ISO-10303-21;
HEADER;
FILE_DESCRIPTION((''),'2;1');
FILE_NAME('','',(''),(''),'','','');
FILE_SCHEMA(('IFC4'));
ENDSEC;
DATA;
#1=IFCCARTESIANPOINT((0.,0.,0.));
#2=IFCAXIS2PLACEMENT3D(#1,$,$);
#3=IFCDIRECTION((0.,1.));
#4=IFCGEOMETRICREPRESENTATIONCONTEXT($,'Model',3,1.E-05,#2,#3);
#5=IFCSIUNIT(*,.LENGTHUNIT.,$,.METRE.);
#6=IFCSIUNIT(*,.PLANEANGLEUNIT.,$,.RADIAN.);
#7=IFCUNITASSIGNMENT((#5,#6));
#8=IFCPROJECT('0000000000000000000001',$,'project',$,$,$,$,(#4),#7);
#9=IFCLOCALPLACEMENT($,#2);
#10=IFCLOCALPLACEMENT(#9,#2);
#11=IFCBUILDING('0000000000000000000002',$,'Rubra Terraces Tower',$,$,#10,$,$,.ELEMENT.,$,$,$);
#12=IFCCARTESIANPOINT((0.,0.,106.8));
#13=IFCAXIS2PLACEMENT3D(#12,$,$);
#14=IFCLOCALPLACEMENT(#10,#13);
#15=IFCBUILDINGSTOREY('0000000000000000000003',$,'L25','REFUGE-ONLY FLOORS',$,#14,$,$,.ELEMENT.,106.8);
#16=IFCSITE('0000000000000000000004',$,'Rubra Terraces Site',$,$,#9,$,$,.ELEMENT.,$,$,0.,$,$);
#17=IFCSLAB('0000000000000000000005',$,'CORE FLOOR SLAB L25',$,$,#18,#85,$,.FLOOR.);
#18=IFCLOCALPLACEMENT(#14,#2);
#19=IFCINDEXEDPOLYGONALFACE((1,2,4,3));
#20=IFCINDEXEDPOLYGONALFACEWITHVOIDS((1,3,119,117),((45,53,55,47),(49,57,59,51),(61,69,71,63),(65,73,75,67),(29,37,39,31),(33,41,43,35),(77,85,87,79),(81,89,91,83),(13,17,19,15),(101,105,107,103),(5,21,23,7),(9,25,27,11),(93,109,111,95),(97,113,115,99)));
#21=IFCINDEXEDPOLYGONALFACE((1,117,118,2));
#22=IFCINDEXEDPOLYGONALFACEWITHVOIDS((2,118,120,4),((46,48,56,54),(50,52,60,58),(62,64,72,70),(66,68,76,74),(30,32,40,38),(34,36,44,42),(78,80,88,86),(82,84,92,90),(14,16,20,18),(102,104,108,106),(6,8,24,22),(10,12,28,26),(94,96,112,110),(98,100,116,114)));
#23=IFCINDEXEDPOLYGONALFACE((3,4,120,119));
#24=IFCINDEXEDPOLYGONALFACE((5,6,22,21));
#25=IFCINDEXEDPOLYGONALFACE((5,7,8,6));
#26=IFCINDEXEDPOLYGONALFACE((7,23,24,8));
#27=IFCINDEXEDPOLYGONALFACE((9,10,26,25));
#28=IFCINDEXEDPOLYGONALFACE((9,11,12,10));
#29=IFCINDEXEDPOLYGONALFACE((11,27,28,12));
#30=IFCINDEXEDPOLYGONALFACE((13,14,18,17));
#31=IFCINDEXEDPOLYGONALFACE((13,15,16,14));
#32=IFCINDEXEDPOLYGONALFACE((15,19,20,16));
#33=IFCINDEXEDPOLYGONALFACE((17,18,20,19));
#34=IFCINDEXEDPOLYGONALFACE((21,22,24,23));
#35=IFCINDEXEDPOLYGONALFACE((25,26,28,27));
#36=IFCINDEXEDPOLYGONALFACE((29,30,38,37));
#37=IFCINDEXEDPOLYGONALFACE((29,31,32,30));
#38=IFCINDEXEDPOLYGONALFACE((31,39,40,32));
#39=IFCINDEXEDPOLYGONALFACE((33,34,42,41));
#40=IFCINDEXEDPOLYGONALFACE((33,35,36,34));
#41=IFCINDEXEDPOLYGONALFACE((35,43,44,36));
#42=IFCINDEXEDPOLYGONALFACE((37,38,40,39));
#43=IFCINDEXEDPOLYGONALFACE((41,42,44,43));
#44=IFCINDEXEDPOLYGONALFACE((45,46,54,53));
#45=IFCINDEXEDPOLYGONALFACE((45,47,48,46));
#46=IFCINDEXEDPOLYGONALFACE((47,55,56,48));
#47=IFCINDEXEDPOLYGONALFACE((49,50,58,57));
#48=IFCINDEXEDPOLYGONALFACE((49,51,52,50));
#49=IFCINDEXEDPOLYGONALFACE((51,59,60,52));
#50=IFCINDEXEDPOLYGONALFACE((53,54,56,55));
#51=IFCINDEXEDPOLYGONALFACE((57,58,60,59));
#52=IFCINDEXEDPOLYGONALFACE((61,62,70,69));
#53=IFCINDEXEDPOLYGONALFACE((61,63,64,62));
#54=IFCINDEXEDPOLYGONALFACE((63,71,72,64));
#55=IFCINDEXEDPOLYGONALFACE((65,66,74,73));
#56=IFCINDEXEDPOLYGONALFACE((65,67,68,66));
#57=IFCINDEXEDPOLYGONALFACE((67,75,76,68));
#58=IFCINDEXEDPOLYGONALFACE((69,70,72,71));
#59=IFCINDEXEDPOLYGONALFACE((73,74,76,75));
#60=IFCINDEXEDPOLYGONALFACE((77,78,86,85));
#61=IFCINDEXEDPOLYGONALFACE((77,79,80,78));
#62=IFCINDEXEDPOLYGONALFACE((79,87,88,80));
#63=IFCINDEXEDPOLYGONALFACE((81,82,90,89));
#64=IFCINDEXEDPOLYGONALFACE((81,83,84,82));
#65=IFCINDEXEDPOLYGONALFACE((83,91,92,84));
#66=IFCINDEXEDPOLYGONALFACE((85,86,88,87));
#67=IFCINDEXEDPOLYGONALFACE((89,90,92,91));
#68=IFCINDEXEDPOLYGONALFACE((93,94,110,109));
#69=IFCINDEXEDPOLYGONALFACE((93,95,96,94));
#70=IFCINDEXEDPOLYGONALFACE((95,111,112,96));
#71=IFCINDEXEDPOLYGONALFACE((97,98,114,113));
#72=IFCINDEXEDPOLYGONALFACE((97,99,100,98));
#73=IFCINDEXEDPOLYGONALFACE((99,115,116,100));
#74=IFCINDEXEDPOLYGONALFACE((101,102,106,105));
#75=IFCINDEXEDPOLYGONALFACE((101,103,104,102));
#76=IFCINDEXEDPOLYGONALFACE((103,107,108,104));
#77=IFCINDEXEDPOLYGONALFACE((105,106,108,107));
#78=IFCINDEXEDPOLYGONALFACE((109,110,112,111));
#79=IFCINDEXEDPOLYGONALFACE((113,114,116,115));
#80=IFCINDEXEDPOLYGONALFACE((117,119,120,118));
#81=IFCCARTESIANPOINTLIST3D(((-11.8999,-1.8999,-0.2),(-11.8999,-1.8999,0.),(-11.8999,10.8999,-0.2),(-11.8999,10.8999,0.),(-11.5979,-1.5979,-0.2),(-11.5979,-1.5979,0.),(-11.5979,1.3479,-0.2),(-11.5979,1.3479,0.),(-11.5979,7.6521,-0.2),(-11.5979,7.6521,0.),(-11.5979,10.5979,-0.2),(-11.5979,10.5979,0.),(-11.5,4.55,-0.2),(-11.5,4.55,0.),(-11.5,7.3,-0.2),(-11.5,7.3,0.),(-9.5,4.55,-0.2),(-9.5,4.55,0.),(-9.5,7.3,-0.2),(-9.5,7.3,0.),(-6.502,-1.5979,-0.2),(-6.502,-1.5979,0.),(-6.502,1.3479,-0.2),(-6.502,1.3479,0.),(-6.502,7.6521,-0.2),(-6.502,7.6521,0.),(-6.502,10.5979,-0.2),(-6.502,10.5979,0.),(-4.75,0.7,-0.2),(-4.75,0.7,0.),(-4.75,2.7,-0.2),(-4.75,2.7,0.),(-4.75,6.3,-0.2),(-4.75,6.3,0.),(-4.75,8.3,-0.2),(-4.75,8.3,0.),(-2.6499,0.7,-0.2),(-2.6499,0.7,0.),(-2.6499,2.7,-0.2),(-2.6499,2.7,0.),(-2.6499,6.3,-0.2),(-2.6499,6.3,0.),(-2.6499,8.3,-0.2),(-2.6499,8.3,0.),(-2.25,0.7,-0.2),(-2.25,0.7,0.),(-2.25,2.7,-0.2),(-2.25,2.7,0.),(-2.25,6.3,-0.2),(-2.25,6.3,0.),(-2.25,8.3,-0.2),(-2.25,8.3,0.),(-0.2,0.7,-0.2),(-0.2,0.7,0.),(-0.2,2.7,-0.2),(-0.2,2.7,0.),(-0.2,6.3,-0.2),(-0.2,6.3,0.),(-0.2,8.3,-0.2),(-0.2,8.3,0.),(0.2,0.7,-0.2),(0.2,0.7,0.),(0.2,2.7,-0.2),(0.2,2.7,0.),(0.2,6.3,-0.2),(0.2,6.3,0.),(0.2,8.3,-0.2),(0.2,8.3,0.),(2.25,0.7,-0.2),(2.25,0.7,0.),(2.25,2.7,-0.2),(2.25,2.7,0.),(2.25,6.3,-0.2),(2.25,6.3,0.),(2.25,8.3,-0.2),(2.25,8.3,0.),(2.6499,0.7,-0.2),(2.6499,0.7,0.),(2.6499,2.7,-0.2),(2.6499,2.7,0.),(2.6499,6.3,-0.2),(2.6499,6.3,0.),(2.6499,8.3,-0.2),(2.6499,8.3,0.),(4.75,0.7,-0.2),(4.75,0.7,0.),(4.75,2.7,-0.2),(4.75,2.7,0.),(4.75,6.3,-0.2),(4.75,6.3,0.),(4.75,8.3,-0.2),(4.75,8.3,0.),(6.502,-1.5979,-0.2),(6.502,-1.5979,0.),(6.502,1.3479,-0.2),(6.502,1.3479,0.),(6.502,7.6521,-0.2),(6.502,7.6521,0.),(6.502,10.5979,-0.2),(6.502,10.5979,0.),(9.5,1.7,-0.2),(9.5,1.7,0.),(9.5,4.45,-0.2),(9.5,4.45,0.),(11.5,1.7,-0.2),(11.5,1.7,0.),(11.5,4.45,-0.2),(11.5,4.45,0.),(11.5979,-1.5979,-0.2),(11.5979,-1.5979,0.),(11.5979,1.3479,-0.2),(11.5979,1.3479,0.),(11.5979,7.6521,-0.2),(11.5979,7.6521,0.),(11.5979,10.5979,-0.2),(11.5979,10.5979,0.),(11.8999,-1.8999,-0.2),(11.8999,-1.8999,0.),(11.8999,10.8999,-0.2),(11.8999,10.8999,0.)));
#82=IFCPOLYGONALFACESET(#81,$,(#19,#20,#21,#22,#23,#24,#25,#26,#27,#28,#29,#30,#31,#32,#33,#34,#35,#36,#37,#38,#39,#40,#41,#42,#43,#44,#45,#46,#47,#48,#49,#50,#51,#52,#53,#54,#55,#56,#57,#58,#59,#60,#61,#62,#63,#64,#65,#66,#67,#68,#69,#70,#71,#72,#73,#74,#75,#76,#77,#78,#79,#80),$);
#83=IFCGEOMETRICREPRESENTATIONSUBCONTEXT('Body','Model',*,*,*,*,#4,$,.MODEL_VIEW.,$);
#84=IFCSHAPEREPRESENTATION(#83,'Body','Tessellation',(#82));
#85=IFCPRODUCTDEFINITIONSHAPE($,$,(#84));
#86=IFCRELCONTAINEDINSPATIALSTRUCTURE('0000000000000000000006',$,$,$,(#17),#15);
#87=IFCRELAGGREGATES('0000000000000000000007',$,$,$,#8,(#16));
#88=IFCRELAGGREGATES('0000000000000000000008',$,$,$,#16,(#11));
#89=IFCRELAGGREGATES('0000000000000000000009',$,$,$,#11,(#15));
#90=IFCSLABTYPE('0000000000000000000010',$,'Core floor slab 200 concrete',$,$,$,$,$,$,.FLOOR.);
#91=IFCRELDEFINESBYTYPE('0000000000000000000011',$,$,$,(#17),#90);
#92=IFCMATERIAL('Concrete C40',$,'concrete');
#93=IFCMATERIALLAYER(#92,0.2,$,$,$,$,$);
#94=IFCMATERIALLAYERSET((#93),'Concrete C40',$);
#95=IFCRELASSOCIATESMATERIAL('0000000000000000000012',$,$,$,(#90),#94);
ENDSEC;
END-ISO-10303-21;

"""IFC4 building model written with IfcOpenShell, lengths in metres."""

from ifc_helpers import new_model, si_unit, direction, frame, origin, place, context, subcontext, project, spatial, polyline, outline, extrude, material, layer, layer_set, type_object, element, save


model = new_model("IFC4")

# Units and contexts
model_context = context("Model", 3, precision=1e-05, world=origin(), true_north=direction((0.0, 1.0)))
body_context = subcontext(model_context, "Body", "Model", "MODEL_VIEW")
ifc_project = project(units=[si_unit("LENGTHUNIT", "METRE"), si_unit("PLANEANGLEUNIT", "RADIAN")], contexts=[model_context])

# Site, building, storey
site_placement = place(None, origin())
site = spatial("IfcSite", under=ifc_project, at=site_placement, Name="Rubra Terraces Site", CompositionType="ELEMENT", RefElevation=0.0)
building_placement = place(site_placement, origin())
building = spatial("IfcBuilding", under=site, at=building_placement, Name="Rubra Terraces Tower", CompositionType="ELEMENT")
storey_placement = place(building_placement, frame((0.0, 0.0, 106.8)))
storey = spatial("IfcBuildingStorey", under=building, at=storey_placement, Name="L25", Description="REFUGE-ONLY FLOORS", CompositionType="ELEMENT", Elevation=106.8)

# Slab
ifc_material_1 = material(Name="Concrete C40", Category="concrete")
ifc_layer_1 = layer(ifc_material_1, 0.2)
ifc_layer_set_1 = layer_set([ifc_layer_1], Name="Concrete C40")
slab_type_1 = type_object("IfcSlabType", Name="Core floor slab 200 concrete", PredefinedType="FLOOR", material=ifc_layer_set_1)
slab_1_placement = place(storey_placement, frame((0.0, 0.0, -0.2)))
element("IfcSlab", 1, at=slab_1_placement, inside=storey, type_object=slab_type_1, Name="CORE FLOOR SLAB L25", PredefinedType="FLOOR", context=body_context, shape_type="SweptSolid", body=[
    extrude(outline(polyline([(-11.8999, -1.8999), (-11.8999, 10.8999), (11.8999, 10.8999), (11.8999, -1.8999), (-11.8999, -1.8999)]), holes=[polyline([(11.5979, 1.3479), (6.502, 1.3479), (6.502, -1.5979), (11.5979, -1.5979), (11.5979, 1.3479)]), polyline([(11.5979, 7.6521), (11.5979, 10.5979), (6.502, 10.5979), (6.502, 7.6521), (11.5979, 7.6521)]), polyline([(9.5, 1.7), (11.5, 1.7), (11.5, 4.45), (9.5, 4.45), (9.5, 1.7)]), polyline([(4.75, 0.7), (4.75, 2.7), (2.6499, 2.7), (2.6499, 0.7), (4.75, 0.7)]), polyline([(4.75, 6.3), (4.75, 8.3), (2.6499, 8.3), (2.6499, 6.3), (4.75, 6.3)]), polyline([(2.25, 0.7), (2.25, 2.7), (0.2, 2.7), (0.2, 0.7), (2.25, 0.7)]), polyline([(2.25, 6.3), (2.25, 8.3), (0.2, 8.3), (0.2, 6.3), (2.25, 6.3)]), polyline([(-0.2, 0.7), (-0.2, 2.7), (-2.25, 2.7), (-2.25, 0.7), (-0.2, 0.7)]), polyline([(-0.2, 6.3), (-0.2, 8.3), (-2.25, 8.3), (-2.25, 6.3), (-0.2, 6.3)]), polyline([(-2.6499, 0.7), (-2.6499, 2.7), (-4.75, 2.7), (-4.75, 0.7), (-2.6499, 0.7)]), polyline([(-2.6499, 8.3), (-4.75, 8.3), (-4.75, 6.3), (-2.6499, 6.3), (-2.6499, 8.3)]), polyline([(-11.5979, -1.5979), (-6.502, -1.5979), (-6.502, 1.3479), (-11.5979, 1.3479), (-11.5979, -1.5979)]), polyline([(-11.5979, 10.5979), (-11.5979, 7.6521), (-6.502, 7.6521), (-6.502, 10.5979), (-11.5979, 10.5979)]), polyline([(-9.5, 4.55), (-9.5, 7.3), (-11.5, 7.3), (-11.5, 4.55), (-9.5, 4.55)])]), origin(), (0.0, 0.0, 1.0), 0.2),
])

save(model, "model.ifc")
